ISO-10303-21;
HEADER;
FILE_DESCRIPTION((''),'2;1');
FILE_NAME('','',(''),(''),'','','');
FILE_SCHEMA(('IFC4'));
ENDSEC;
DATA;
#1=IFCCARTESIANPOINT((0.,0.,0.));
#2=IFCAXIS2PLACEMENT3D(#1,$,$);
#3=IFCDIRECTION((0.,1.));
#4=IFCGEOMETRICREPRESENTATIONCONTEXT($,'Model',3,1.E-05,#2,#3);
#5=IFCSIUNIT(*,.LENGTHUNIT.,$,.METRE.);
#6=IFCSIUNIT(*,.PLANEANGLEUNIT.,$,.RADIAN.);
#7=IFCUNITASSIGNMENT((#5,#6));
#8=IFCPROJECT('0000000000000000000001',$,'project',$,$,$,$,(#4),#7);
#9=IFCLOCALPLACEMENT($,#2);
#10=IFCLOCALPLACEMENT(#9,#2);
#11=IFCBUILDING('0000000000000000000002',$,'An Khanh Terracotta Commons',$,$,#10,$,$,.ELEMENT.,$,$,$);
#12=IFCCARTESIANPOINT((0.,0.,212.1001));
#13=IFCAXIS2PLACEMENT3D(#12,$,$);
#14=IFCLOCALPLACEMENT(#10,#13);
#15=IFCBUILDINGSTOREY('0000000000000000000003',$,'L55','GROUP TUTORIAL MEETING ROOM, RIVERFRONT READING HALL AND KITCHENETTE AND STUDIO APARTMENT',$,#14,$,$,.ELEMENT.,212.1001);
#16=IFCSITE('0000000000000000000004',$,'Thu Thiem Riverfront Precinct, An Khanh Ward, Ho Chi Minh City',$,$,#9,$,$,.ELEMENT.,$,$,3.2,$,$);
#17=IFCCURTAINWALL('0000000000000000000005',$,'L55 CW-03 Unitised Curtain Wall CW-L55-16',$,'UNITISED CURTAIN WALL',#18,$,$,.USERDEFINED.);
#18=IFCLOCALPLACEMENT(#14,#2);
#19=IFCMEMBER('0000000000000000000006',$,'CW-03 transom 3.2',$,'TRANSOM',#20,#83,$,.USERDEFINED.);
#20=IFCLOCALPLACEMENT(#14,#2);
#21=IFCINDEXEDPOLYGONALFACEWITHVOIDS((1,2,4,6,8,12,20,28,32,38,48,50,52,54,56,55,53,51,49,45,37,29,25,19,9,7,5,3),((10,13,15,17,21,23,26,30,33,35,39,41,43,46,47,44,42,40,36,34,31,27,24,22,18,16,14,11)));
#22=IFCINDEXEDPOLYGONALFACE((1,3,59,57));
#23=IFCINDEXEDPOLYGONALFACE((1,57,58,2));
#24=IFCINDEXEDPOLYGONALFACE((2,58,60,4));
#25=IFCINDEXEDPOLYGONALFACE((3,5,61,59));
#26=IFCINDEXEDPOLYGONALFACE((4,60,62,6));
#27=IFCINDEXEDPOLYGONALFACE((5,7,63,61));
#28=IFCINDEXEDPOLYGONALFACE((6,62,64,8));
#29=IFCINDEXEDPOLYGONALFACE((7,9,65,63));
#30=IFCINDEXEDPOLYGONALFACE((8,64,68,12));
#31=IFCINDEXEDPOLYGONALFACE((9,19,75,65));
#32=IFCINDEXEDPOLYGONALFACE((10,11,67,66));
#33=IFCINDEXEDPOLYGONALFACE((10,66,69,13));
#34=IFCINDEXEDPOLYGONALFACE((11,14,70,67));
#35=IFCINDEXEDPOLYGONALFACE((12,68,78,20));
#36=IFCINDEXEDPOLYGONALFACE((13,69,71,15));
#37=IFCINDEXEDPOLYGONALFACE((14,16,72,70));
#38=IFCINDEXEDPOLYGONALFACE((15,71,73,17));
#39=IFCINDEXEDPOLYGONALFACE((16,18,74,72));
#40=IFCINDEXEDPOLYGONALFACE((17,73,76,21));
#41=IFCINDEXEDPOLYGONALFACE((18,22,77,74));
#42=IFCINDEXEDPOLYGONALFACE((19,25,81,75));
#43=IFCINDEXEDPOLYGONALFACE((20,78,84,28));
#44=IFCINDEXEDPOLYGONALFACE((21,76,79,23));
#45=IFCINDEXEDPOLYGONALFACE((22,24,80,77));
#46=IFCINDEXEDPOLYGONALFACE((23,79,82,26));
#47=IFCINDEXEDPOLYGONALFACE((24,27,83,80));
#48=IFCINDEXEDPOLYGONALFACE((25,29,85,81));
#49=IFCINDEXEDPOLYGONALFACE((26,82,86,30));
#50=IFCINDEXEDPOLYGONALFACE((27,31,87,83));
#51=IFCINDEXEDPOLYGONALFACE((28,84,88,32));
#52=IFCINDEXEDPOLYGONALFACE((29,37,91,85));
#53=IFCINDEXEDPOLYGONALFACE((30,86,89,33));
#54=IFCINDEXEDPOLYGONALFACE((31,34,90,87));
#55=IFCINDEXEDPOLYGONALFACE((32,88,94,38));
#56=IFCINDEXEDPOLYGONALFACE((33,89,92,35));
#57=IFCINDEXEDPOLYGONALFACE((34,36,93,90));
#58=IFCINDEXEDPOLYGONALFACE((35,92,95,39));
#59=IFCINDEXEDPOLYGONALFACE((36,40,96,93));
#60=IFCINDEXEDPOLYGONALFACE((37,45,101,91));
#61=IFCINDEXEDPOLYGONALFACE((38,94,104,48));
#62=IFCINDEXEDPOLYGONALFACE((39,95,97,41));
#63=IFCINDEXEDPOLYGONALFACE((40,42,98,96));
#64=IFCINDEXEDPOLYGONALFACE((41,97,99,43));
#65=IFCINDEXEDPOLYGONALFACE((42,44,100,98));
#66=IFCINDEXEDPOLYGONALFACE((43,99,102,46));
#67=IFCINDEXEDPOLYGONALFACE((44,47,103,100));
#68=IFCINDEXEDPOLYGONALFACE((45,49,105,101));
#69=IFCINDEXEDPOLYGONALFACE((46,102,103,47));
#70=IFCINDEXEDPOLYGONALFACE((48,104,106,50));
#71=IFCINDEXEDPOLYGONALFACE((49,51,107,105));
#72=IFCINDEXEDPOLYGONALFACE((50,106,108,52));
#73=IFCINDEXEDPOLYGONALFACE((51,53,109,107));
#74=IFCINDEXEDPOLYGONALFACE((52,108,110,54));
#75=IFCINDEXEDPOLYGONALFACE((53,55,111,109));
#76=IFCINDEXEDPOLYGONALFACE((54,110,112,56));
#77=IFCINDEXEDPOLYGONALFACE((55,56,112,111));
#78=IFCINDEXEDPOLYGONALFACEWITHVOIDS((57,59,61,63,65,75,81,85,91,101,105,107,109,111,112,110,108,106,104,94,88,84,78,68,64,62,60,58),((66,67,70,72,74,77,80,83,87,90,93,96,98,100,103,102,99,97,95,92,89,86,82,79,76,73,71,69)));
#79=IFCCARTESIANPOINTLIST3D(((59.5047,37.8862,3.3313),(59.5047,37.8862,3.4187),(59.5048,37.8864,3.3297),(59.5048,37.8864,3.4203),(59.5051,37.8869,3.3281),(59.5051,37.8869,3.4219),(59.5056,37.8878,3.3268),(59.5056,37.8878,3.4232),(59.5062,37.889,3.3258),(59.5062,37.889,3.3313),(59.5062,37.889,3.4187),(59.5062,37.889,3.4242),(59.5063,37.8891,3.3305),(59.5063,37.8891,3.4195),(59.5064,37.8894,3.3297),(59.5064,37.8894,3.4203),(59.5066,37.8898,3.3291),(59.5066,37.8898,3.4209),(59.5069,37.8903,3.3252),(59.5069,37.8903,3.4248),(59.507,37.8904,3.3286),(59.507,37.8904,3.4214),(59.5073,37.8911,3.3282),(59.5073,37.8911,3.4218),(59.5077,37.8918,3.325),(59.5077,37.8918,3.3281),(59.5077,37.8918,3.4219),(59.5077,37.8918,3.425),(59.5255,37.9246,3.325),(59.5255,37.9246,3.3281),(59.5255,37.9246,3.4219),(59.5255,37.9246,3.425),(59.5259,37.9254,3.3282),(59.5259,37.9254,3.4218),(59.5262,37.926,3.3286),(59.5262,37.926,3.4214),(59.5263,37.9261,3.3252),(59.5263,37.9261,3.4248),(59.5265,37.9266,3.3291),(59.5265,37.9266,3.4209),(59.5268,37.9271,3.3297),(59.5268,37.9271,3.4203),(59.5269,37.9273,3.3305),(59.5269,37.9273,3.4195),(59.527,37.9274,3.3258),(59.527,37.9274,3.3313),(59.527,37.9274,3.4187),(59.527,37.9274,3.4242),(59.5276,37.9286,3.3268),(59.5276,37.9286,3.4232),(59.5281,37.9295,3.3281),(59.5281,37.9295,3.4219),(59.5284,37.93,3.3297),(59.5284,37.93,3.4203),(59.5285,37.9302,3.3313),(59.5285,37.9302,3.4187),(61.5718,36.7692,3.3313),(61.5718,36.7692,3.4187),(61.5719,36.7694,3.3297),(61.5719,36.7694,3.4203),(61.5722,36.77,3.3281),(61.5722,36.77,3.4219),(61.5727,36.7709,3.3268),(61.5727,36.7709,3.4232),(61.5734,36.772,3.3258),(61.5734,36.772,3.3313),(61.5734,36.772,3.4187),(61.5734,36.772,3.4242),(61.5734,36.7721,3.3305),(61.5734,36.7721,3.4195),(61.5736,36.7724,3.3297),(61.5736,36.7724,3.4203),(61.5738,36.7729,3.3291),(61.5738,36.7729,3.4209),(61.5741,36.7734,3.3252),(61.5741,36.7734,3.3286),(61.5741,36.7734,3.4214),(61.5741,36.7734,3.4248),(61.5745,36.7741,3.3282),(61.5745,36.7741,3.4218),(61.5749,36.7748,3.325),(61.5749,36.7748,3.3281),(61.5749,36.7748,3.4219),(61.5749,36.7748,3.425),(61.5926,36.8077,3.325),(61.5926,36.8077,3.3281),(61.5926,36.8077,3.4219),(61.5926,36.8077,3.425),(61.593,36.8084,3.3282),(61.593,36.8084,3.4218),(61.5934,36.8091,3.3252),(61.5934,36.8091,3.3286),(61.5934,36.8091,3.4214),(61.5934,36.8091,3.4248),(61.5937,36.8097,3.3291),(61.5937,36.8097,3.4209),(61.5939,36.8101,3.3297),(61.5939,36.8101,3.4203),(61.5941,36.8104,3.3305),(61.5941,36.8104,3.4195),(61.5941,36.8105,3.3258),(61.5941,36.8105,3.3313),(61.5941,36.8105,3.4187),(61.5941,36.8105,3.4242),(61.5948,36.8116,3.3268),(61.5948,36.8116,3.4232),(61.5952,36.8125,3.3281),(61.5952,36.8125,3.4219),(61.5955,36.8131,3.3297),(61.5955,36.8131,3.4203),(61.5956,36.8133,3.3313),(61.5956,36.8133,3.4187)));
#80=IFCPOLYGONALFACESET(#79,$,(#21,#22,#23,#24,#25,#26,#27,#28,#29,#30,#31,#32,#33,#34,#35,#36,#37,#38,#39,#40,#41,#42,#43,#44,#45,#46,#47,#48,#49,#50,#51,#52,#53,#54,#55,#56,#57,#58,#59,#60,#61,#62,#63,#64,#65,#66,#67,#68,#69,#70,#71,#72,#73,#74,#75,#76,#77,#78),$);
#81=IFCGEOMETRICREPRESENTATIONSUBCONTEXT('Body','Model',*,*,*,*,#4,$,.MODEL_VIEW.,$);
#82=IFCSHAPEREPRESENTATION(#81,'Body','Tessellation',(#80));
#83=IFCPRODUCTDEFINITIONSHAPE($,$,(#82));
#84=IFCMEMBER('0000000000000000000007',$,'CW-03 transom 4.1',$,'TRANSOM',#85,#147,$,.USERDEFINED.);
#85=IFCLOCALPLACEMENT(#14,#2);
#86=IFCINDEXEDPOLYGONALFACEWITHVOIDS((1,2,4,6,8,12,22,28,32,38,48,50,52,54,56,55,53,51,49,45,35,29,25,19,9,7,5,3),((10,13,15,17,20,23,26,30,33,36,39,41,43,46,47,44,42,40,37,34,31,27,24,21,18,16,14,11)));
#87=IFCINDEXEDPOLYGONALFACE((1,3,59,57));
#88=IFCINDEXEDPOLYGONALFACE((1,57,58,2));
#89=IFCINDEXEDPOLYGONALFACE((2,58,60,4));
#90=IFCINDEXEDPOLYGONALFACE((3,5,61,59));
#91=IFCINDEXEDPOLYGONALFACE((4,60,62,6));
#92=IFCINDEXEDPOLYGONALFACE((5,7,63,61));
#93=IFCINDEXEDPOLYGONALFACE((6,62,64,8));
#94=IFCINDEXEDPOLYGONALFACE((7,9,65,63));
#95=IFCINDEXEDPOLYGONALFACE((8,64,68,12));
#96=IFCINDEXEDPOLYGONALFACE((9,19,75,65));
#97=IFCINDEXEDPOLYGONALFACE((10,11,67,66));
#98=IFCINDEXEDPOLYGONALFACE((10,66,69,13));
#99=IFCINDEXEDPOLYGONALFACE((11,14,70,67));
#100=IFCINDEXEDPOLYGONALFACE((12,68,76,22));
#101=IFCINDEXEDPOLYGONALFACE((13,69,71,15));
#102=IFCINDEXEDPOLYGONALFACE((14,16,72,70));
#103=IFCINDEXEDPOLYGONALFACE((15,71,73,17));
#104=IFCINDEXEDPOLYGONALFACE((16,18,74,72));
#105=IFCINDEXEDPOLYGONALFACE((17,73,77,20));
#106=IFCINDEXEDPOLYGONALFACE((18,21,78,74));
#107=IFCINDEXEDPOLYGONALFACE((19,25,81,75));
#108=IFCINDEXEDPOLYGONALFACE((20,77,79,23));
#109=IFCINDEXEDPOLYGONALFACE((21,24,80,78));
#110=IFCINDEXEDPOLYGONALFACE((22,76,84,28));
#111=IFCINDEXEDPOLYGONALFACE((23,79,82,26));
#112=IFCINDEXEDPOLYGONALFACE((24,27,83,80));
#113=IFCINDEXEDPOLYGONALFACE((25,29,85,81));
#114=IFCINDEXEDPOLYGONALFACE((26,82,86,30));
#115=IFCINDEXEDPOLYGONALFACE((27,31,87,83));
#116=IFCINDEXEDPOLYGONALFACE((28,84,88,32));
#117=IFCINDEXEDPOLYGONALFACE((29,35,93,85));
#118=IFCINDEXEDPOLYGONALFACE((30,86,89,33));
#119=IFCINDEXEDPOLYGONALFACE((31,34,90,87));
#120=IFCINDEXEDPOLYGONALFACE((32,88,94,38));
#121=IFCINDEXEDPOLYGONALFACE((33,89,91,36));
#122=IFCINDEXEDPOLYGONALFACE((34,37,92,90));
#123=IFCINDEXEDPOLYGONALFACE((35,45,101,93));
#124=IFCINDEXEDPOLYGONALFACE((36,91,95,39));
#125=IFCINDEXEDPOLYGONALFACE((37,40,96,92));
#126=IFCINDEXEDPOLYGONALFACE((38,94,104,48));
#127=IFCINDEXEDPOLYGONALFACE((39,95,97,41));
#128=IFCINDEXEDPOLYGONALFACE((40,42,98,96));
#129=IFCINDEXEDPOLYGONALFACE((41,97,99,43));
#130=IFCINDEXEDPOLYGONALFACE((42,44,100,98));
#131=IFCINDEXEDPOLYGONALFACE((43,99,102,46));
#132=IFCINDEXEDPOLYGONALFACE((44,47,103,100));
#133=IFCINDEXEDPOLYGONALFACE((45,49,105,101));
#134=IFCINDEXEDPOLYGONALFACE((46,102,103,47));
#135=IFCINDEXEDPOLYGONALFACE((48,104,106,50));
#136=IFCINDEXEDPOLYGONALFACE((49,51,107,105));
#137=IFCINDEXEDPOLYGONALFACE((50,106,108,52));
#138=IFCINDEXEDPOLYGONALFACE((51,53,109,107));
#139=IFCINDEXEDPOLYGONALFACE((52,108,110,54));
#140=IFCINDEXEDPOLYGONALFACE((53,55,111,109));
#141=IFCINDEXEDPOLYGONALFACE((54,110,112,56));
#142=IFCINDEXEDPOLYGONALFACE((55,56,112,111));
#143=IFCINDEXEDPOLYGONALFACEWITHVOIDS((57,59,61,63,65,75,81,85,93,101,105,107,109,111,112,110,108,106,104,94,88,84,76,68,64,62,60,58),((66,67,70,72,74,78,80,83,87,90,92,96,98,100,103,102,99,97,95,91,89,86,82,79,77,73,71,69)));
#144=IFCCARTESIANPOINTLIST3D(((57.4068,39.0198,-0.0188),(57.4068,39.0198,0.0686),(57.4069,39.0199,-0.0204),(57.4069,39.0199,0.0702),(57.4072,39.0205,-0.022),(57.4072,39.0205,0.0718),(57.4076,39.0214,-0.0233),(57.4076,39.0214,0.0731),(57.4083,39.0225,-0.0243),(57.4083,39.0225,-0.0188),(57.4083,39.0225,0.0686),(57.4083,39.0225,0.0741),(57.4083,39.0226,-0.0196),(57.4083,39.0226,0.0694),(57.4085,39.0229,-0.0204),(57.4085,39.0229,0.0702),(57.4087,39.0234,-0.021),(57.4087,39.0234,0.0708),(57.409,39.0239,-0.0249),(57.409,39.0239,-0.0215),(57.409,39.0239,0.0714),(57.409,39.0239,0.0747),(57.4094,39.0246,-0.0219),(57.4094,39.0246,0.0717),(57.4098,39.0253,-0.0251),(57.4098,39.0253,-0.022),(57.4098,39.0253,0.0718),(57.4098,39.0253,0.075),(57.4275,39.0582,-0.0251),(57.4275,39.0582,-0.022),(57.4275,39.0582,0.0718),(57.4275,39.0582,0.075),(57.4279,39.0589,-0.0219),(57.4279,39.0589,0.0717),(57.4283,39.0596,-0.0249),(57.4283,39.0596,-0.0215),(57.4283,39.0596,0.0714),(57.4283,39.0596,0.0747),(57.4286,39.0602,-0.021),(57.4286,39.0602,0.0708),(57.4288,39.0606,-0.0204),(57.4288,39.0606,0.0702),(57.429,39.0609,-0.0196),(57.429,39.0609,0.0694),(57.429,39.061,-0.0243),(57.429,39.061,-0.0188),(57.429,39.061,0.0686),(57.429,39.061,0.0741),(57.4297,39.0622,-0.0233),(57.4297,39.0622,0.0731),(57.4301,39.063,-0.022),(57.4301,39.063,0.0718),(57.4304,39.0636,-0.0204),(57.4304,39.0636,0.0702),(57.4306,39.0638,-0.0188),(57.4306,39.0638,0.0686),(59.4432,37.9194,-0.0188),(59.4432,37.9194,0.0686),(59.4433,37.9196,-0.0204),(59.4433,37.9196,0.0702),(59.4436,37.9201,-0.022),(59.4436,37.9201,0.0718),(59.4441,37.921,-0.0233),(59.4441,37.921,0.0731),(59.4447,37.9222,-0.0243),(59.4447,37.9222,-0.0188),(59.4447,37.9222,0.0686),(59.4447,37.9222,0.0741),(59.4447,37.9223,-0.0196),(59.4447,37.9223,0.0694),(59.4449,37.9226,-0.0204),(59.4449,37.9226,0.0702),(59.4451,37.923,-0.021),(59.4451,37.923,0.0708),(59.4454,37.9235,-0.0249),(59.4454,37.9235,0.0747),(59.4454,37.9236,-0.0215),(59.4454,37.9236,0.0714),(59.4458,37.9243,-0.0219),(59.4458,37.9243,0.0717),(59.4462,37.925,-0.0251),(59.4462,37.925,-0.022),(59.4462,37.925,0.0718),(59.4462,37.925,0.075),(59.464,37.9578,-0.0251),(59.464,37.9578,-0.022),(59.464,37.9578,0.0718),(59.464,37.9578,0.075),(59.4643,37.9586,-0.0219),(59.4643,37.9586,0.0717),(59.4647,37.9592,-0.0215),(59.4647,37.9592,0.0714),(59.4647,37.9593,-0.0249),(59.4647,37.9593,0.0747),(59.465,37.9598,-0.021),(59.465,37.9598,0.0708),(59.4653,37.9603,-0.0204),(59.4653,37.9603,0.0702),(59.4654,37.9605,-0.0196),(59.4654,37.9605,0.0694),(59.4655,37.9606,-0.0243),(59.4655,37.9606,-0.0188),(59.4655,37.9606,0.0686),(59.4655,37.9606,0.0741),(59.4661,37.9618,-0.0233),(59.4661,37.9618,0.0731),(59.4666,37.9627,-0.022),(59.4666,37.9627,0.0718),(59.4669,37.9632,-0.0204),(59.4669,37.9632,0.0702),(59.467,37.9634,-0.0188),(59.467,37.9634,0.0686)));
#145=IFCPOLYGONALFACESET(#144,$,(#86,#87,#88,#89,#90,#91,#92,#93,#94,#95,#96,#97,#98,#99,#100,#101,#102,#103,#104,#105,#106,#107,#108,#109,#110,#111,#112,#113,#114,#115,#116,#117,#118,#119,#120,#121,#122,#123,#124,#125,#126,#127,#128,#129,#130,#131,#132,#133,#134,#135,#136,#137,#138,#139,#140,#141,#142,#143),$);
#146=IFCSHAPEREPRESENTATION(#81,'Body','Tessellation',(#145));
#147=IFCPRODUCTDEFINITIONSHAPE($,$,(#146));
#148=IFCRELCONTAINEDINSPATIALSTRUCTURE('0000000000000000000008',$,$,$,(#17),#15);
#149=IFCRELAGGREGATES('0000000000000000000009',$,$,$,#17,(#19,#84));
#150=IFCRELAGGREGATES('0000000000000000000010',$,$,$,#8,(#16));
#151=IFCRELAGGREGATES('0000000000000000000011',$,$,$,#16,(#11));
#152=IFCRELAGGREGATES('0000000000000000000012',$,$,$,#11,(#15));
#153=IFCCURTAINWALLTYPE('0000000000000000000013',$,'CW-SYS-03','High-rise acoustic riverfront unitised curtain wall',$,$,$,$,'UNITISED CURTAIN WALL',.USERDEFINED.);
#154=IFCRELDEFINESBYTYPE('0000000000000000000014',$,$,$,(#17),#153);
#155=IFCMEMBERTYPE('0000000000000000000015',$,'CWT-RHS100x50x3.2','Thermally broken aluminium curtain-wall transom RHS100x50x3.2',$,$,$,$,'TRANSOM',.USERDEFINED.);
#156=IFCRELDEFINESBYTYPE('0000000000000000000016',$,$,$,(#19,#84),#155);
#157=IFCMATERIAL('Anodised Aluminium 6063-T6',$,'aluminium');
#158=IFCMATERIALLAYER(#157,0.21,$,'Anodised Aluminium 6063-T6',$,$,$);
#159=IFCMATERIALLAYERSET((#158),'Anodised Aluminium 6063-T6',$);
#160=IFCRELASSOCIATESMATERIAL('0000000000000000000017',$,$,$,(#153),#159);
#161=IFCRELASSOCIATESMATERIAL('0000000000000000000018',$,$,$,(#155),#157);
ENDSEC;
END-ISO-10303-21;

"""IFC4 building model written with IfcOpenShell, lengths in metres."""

from ifc_helpers import new_model, si_unit, direction, frame, origin, origin_2d, place, context, subcontext, project, spatial, hollow_rectangle, extrude, material, layer, layer_set, material_profile, profile_set, type_object, element, aggregate, save


model = new_model("IFC4")

# Units and contexts
model_context = context("Model", 3, precision=1e-05, world=origin(), true_north=direction((0.0, 1.0)))
body_context = subcontext(model_context, "Body", "Model", "MODEL_VIEW")
ifc_project = project(units=[si_unit("LENGTHUNIT", "METRE"), si_unit("PLANEANGLEUNIT", "RADIAN")], contexts=[model_context])

# Site, building, storey
site_placement = place(None, origin())
site = spatial("IfcSite", under=ifc_project, at=site_placement, Name="Thu Thiem Riverfront Precinct, An Khanh Ward, Ho Chi Minh City", CompositionType="ELEMENT", RefElevation=3.2)
building_placement = place(site_placement, origin())
building = spatial("IfcBuilding", under=site, at=building_placement, Name="An Khanh Terracotta Commons", CompositionType="ELEMENT")
storey_placement = place(building_placement, frame((0.0, 0.0, 212.1001)))
storey = spatial("IfcBuildingStorey", under=building, at=storey_placement, Name="L55", Description="GROUP TUTORIAL MEETING ROOM, RIVERFRONT READING HALL AND KITCHENETTE AND STUDIO APARTMENT", CompositionType="ELEMENT", Elevation=212.1001)

# Curtain wall, members
ifc_material_1 = material(Name="Anodised Aluminium 6063-T6", Category="aluminium")
ifc_layer_1 = layer(ifc_material_1, 0.21, Name="Anodised Aluminium 6063-T6")
ifc_layer_set_1 = layer_set([ifc_layer_1], Name="Anodised Aluminium 6063-T6")
curtain_wall_type = type_object("IfcCurtainWallType", Name="CW-SYS-03", Description="High-rise acoustic riverfront unitised curtain wall", ElementType="UNITISED CURTAIN WALL", PredefinedType="USERDEFINED", material=ifc_layer_set_1)
curtain_wall_placement = place(storey_placement, origin())
curtain_wall = element("IfcCurtainWall", 1, at=curtain_wall_placement, inside=storey, type_object=curtain_wall_type, Name="L55 CW-03 Unitised Curtain Wall CW-L55-16", ObjectType="UNITISED CURTAIN WALL", PredefinedType="USERDEFINED")
ifc_material_profile_1 = material_profile(ifc_material_1, hollow_rectangle(XDim=0.05, YDim=0.1001, WallThickness=0.0032, InnerFilletRadius=0.0032, OuterFilletRadius=0.0063, at=origin_2d()), Name="RHS100x50x3.2")
ifc_profile_set_1 = profile_set([ifc_material_profile_1], Name="Anodised Aluminium 6063-T6")
member_type_1 = type_object("IfcMemberType", Name="CWT-RHS100x50x3.2", Description="Thermally broken aluminium curtain-wall transom RHS100x50x3.2", ElementType="TRANSOM", PredefinedType="USERDEFINED", material=ifc_profile_set_1)
member_1_placement = place(storey_placement, frame((61.5837, 36.7913, 3.375), z_axis=(-0.879783, 0.475376, 0.0), x_axis=(-0.475376, -0.879783, 0.0)))
member_1 = element("IfcMember", 2, at=member_1_placement, type_object=member_type_1, Name="CW-03 transom 3.2", ObjectType="TRANSOM", PredefinedType="USERDEFINED", context=body_context, shape_type="SweptSolid", body=[
    extrude(hollow_rectangle(XDim=0.05, YDim=0.1001, WallThickness=0.0032, InnerFilletRadius=0.0032, OuterFilletRadius=0.0063, at=origin_2d()), origin(), (0.0, 0.0, 1.0), 2.3496),
])
member_2_placement = place(storey_placement, frame((59.4551, 37.9414, 0.0249), z_axis=(-0.879779, 0.475382, 0.0), x_axis=(-0.475382, -0.879779, 0.0)))
member_2 = element("IfcMember", 3, at=member_2_placement, type_object=member_type_1, Name="CW-03 transom 4.1", ObjectType="TRANSOM", PredefinedType="USERDEFINED", context=body_context, shape_type="SweptSolid", body=[
    extrude(hollow_rectangle(XDim=0.05, YDim=0.1001, WallThickness=0.0032, InnerFilletRadius=0.0032, OuterFilletRadius=0.0063, at=origin_2d()), origin(), (0.0, 0.0, 1.0), 2.3147),
])
aggregate(curtain_wall, [member_1, member_2])

save(model, "model.ifc")
